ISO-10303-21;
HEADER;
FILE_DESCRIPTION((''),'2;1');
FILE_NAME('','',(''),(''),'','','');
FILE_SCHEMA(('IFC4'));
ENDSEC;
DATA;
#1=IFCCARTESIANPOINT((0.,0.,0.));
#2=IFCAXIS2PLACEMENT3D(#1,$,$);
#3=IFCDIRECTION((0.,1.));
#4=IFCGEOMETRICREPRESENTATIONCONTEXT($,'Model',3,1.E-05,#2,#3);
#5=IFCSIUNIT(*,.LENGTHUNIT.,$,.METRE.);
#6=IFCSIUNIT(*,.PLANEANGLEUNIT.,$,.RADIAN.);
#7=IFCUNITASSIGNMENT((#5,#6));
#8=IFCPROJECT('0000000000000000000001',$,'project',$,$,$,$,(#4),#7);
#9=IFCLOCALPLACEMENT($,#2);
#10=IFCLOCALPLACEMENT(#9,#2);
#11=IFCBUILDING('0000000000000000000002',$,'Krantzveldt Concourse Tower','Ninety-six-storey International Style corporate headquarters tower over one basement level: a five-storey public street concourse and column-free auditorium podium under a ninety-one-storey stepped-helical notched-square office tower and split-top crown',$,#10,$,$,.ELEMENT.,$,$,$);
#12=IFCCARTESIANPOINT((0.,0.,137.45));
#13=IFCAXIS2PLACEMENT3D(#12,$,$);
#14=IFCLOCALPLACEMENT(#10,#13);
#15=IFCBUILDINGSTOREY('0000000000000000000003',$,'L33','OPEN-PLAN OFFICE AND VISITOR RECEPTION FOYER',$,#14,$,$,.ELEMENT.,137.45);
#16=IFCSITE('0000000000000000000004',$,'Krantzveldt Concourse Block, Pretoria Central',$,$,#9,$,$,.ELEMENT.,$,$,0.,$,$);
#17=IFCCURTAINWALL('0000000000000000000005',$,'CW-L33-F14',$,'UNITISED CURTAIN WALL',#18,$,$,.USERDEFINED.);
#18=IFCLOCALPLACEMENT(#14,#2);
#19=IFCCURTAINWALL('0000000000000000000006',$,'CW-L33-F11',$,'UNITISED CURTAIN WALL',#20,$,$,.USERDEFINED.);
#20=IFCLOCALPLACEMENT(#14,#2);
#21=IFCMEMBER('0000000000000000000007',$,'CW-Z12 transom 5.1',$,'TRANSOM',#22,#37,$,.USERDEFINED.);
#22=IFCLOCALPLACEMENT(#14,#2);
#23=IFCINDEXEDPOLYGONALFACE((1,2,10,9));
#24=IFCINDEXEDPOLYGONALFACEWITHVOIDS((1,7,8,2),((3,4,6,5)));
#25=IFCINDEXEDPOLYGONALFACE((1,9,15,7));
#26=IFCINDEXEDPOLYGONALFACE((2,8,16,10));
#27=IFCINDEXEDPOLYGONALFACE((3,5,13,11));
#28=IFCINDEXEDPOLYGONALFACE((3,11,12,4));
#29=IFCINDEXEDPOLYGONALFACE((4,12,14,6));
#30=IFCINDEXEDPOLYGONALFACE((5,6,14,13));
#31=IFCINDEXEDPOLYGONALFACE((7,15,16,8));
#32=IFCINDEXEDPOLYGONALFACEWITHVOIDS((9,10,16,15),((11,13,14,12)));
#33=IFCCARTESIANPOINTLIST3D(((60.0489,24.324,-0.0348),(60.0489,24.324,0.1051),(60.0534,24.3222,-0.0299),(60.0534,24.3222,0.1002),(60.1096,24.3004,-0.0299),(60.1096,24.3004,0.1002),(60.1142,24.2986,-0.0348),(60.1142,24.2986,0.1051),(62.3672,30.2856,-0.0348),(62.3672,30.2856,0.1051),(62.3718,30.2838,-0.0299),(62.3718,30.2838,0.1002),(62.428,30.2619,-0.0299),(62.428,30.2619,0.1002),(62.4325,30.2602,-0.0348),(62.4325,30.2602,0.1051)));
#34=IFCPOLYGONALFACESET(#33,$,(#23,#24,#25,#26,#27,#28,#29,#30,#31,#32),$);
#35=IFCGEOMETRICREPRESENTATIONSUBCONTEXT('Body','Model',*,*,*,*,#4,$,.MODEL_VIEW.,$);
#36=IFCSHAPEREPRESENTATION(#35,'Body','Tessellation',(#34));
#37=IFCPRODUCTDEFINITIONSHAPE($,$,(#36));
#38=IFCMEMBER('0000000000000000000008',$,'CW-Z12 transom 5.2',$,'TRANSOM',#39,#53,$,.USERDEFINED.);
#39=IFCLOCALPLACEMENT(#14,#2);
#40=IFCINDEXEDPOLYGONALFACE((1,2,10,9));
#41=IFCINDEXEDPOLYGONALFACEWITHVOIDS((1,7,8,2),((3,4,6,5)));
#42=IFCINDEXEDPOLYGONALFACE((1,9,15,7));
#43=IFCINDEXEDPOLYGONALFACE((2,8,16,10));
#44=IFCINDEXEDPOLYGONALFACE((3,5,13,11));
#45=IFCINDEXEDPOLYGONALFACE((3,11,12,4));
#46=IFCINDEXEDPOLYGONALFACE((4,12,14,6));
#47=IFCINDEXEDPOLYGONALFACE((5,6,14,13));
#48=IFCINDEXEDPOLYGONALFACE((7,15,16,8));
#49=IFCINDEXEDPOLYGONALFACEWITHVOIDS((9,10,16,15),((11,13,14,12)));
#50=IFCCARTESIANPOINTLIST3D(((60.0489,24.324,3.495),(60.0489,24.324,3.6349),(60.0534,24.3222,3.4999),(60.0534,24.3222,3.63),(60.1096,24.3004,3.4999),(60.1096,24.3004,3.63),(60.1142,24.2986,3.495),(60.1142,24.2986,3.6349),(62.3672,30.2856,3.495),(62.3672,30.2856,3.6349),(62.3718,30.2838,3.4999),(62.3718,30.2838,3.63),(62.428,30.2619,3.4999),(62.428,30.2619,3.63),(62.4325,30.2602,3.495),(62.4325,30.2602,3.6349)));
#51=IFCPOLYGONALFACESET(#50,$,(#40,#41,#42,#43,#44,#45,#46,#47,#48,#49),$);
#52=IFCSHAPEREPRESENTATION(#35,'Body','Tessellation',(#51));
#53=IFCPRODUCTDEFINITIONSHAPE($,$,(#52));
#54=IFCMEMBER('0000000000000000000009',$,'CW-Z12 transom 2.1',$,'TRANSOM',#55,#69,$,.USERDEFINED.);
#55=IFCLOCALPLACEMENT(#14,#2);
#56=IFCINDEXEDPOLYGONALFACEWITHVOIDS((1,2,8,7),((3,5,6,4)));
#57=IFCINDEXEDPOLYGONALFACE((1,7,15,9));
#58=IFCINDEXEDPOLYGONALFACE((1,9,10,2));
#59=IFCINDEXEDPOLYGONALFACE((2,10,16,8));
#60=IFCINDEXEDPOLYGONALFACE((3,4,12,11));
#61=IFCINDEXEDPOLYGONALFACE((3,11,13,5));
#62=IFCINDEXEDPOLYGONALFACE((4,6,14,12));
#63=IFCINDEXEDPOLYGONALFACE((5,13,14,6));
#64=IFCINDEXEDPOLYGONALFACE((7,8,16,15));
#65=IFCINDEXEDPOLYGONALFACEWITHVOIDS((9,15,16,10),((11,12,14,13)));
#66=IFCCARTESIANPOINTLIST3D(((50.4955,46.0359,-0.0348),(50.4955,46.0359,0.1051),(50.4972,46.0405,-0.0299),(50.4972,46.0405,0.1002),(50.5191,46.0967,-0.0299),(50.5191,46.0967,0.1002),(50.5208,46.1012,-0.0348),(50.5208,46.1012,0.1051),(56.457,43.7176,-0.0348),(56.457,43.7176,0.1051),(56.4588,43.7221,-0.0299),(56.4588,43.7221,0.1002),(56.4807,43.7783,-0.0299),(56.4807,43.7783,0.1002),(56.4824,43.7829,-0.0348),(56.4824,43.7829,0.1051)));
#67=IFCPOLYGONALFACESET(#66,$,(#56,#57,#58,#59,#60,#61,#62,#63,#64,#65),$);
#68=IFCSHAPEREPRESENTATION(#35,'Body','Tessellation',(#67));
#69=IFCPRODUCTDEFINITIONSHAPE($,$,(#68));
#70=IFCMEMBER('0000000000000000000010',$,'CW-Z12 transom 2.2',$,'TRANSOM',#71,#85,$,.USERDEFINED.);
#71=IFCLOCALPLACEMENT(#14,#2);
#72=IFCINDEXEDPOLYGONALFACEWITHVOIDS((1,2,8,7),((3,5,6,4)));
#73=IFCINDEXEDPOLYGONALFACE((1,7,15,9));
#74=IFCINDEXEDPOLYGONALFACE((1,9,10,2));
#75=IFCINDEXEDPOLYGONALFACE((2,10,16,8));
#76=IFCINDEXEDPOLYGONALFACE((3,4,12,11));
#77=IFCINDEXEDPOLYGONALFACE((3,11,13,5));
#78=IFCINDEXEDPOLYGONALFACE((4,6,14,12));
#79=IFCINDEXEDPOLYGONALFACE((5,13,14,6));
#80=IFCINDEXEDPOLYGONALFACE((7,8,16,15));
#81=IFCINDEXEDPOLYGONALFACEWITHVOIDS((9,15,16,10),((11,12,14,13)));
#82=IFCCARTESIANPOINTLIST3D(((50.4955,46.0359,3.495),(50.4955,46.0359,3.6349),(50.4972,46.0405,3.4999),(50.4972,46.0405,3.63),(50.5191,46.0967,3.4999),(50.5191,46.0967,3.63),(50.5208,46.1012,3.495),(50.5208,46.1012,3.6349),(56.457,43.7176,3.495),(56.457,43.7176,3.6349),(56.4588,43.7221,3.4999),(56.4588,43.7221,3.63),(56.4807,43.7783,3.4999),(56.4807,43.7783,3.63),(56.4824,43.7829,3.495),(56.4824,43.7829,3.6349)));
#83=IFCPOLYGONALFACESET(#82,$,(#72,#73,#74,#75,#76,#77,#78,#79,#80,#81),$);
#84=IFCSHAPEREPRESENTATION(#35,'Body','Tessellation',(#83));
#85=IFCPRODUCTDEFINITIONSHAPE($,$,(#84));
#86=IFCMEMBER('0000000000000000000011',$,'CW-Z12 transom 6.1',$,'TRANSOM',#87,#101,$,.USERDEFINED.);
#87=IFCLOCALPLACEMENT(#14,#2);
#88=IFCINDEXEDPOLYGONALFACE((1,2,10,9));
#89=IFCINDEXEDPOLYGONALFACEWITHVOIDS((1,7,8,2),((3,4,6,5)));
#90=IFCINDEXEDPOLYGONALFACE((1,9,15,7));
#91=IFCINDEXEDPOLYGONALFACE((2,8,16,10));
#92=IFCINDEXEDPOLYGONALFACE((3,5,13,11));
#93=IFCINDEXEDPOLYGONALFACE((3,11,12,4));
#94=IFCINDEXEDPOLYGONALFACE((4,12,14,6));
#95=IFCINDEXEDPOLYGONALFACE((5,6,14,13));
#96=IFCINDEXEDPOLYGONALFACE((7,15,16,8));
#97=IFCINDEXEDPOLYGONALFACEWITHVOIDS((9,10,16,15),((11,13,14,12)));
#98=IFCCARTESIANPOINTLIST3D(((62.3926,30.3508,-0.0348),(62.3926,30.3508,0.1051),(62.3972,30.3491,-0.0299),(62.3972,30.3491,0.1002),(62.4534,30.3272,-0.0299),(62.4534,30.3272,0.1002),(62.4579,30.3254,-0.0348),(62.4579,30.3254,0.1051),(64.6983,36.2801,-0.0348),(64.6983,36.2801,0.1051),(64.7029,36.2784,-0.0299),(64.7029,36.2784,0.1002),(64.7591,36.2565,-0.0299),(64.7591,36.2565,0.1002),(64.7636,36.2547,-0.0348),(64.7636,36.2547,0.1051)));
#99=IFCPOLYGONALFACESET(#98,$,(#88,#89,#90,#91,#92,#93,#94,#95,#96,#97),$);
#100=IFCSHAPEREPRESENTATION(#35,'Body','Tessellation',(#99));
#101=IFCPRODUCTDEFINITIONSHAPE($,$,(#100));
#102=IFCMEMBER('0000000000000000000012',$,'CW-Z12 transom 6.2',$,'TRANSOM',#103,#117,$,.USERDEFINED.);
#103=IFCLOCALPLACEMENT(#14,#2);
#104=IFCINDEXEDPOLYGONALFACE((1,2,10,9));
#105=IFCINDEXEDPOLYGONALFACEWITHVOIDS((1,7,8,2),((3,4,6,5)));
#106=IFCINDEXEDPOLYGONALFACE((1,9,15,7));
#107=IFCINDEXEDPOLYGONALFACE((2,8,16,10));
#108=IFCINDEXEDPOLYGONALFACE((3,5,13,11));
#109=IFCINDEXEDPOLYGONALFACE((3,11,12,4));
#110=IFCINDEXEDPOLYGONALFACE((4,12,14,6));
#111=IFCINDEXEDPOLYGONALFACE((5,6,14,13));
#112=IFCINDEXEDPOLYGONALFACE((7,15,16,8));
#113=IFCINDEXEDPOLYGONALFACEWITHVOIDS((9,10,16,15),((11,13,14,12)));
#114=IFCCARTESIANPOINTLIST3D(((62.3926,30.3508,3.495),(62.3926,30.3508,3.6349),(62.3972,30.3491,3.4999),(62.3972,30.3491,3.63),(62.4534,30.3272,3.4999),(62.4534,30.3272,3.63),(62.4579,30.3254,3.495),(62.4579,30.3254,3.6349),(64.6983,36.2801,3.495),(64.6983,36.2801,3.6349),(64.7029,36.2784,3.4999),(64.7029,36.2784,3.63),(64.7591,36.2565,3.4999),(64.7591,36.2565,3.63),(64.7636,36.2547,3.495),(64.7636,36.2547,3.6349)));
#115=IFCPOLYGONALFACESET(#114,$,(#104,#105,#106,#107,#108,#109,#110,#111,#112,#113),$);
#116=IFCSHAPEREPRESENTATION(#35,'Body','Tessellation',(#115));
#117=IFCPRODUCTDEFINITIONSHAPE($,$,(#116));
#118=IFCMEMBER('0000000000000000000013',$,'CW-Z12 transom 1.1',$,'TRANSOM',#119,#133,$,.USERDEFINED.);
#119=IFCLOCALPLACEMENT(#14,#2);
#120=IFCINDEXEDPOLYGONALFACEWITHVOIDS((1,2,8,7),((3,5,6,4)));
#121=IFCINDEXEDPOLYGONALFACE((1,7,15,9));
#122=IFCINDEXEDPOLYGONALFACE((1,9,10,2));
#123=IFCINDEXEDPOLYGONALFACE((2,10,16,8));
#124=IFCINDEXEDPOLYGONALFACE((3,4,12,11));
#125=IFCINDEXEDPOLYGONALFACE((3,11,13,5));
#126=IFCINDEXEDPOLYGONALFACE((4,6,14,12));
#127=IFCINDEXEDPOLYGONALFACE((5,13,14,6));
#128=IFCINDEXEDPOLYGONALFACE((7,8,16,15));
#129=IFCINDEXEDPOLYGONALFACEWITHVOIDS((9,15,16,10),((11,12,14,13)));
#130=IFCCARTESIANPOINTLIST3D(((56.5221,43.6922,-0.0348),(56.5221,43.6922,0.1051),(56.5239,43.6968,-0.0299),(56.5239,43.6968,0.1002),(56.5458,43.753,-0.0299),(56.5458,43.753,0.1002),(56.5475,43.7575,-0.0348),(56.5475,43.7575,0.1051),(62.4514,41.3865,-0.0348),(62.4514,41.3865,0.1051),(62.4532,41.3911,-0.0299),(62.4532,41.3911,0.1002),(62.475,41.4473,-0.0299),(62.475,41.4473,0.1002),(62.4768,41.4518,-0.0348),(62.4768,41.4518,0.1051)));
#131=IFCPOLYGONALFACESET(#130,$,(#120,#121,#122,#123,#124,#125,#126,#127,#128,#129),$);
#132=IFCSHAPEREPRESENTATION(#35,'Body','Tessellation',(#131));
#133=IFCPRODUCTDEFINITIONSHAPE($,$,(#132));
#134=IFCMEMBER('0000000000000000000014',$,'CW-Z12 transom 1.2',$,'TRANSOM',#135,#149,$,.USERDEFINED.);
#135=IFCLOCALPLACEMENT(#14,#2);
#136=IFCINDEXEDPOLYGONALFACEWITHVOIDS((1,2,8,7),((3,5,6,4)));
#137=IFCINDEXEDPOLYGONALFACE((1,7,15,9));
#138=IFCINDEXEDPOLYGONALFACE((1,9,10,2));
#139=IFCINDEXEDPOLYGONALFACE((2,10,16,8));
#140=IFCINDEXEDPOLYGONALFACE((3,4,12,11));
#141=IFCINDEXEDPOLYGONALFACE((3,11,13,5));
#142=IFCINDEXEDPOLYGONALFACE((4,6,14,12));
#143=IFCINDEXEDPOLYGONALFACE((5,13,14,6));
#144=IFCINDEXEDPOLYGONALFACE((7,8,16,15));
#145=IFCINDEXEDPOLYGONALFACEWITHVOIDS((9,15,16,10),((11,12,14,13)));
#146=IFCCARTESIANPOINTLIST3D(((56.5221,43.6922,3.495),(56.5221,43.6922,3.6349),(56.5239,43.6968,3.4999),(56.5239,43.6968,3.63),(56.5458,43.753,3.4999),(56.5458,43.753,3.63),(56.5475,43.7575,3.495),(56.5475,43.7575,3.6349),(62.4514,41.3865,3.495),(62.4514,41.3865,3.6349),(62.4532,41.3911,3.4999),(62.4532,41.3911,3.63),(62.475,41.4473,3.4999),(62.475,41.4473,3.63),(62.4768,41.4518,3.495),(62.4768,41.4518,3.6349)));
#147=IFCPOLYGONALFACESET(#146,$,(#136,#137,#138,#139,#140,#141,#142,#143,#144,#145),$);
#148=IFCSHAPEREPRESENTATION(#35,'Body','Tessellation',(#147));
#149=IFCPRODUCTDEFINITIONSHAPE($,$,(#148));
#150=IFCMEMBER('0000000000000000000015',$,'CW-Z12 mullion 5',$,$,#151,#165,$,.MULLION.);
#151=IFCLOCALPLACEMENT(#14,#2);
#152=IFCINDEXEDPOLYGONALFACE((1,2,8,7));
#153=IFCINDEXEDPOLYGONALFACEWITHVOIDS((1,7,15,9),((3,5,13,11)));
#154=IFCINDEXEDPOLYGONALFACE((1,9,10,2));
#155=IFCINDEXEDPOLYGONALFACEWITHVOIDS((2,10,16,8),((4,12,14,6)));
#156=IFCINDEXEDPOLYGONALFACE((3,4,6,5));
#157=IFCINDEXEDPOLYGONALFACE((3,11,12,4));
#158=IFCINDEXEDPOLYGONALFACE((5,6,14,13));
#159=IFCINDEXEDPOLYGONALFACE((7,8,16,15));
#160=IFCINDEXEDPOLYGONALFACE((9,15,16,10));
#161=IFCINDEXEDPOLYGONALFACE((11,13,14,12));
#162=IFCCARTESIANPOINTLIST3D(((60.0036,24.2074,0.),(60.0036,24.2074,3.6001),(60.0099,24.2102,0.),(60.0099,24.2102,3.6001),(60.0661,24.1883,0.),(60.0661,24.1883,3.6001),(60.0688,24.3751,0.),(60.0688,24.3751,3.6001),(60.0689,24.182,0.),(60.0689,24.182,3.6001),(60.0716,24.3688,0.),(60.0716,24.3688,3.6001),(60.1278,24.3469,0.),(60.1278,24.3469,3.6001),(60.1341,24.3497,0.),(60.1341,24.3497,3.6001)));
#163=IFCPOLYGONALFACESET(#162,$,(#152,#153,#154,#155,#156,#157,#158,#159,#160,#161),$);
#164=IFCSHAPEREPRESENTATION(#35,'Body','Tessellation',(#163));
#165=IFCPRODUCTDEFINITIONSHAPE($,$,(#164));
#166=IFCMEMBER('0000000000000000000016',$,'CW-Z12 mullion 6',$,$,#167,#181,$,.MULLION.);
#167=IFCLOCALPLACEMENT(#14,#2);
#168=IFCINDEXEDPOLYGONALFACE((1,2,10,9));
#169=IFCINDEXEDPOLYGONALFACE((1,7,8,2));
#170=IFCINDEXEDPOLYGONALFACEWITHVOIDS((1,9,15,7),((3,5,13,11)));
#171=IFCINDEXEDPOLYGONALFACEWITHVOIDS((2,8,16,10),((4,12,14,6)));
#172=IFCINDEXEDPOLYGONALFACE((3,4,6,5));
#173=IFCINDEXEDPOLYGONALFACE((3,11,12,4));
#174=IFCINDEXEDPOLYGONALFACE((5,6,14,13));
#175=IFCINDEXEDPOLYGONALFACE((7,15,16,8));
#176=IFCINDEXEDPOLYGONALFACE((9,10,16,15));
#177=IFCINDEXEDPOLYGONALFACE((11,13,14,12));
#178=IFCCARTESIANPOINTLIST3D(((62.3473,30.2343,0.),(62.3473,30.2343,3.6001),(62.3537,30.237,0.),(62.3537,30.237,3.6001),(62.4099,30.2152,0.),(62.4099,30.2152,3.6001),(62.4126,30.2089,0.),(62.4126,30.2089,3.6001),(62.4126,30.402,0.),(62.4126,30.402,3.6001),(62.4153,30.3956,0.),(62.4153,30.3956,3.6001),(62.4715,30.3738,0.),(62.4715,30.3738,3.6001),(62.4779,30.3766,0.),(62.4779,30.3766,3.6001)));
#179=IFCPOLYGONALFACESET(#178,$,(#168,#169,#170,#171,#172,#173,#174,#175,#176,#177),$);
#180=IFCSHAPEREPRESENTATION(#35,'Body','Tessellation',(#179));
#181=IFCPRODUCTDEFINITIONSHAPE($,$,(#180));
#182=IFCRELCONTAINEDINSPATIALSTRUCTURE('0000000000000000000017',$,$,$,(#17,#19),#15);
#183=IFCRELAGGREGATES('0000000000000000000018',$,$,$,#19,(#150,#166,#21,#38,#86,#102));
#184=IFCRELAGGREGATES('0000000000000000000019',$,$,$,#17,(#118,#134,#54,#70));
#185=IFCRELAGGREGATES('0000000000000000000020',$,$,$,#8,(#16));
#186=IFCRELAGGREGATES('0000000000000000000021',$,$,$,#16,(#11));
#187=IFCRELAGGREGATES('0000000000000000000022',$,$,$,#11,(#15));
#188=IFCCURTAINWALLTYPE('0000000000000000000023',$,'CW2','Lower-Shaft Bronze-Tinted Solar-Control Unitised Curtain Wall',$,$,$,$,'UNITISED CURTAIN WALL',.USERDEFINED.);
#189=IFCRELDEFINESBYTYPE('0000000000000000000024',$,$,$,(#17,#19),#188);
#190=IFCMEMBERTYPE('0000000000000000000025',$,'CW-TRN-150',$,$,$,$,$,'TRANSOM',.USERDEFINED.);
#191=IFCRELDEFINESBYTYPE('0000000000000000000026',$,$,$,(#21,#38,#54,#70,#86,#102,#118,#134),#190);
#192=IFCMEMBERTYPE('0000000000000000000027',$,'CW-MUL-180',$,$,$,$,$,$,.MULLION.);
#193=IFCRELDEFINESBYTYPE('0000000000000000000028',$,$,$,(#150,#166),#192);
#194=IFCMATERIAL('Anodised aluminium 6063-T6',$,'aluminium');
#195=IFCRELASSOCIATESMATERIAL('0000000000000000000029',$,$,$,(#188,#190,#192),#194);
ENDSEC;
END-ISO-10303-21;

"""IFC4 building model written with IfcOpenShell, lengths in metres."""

from ifc_helpers import new_model, si_unit, direction, frame, origin, origin_2d, place, context, subcontext, project, spatial, hollow_rectangle, extrude, source, transform, mapped, material, material_profile, profile_set, type_object, type_shapes, element, aggregate, save


model = new_model("IFC4")

# Units and contexts
model_context = context("Model", 3, precision=1e-05, world=origin(), true_north=direction((0.0, 1.0)))
body_context = subcontext(model_context, "Body", "Model", "MODEL_VIEW")
ifc_project = project(units=[si_unit("LENGTHUNIT", "METRE"), si_unit("PLANEANGLEUNIT", "RADIAN")], contexts=[model_context])

# Site, building, storey
site_placement = place(None, origin())
site = spatial("IfcSite", under=ifc_project, at=site_placement, Name="Krantzveldt Concourse Block, Pretoria Central", CompositionType="ELEMENT", RefElevation=0.0)
building_placement = place(site_placement, origin())
building = spatial("IfcBuilding", under=site, at=building_placement, Name="Krantzveldt Concourse Tower", Description="Ninety-six-storey International Style corporate headquarters tower over one basement level: a five-storey public street concourse and column-free auditorium podium under a ninety-one-storey stepped-helical notched-square office tower and split-top crown", CompositionType="ELEMENT")
storey_placement = place(building_placement, frame((0.0, 0.0, 137.45)))
storey = spatial("IfcBuildingStorey", under=building, at=storey_placement, Name="L33", Description="OPEN-PLAN OFFICE AND VISITOR RECEPTION FOYER", CompositionType="ELEMENT", Elevation=137.45)

# Curtain walls, members
ifc_material_1 = material(Name="Anodised aluminium 6063-T6", Category="aluminium")
curtain_wall_type = type_object("IfcCurtainWallType", Name="CW2", Description="Lower-Shaft Bronze-Tinted Solar-Control Unitised Curtain Wall", ElementType="UNITISED CURTAIN WALL", PredefinedType="USERDEFINED", material=ifc_material_1)
curtain_wall_1_placement = place(storey_placement, origin())
curtain_wall_1 = element("IfcCurtainWall", 1, at=curtain_wall_1_placement, inside=storey, type_object=curtain_wall_type, Name="CW-L33-F14", ObjectType="UNITISED CURTAIN WALL", PredefinedType="USERDEFINED")
ifc_material_profile_1 = material_profile(ifc_material_1, hollow_rectangle(XDim=0.0701, YDim=0.1399, WallThickness=0.0049, at=origin_2d()), Name="Anodised aluminium 6063-T6", Category="aluminium")
ifc_profile_set_1 = profile_set([ifc_material_profile_1], Name="Anodised aluminium 6063-T6 - ALU-TRAN 140x70x5")
member_type_1 = type_object("IfcMemberType", Name="CW-TRN-150", ElementType="TRANSOM", PredefinedType="USERDEFINED", material=ifc_profile_set_1)
curtain_wall_2_placement = place(storey_placement, origin())
curtain_wall_2 = element("IfcCurtainWall", 2, at=curtain_wall_2_placement, inside=storey, type_object=curtain_wall_type, Name="CW-L33-F11", ObjectType="UNITISED CURTAIN WALL", PredefinedType="USERDEFINED")
shared_shape_1 = source(origin(), body_context, "Body", "SweptSolid", [
    extrude(hollow_rectangle(XDim=0.0701, YDim=0.1399, WallThickness=0.0049, at=origin_2d()), origin(), (0.0, 0.0, 1.0), 6.3965),
])
member_1_placement = place(storey_placement, frame((60.0815, 24.3113, 0.0352), z_axis=(0.362437, 0.932008, 0.0), x_axis=(-0.932008, 0.362437, 0.0)))
member_1 = element("IfcMember", 3, at=member_1_placement, type_object=member_type_1, Name="CW-Z12 transom 5.1", ObjectType="TRANSOM", PredefinedType="USERDEFINED", context=body_context, shape_type="MappedRepresentation", body=[
    mapped(shared_shape_1, transform((0.0, 0.0, 0.0), x_axis=(1.0, 0.0, 0.0), y_axis=(0.0, 1.0, 0.0), z_axis=(0.0, 0.0, 1.0), scale=1.0)),
])
member_2_placement = place(storey_placement, frame((60.0815, 24.3113, 3.5649), z_axis=(0.362437, 0.932008, 0.0), x_axis=(-0.932008, 0.362437, 0.0)))
member_2 = element("IfcMember", 4, at=member_2_placement, type_object=member_type_1, Name="CW-Z12 transom 5.2", ObjectType="TRANSOM", PredefinedType="USERDEFINED", context=body_context, shape_type="MappedRepresentation", body=[
    mapped(shared_shape_1, transform((0.0, 0.0, 0.0), x_axis=(1.0, 0.0, 0.0), y_axis=(0.0, 1.0, 0.0), z_axis=(0.0, 0.0, 1.0), scale=1.0)),
])

# Members
member_3_placement = place(storey_placement, frame((56.4697, 43.7502, 0.0352), z_axis=(-0.932008, 0.362437, 0.0), x_axis=(-0.362437, -0.932008, 0.0)))
member_3 = element("IfcMember", 5, at=member_3_placement, type_object=member_type_1, Name="CW-Z12 transom 2.1", ObjectType="TRANSOM", PredefinedType="USERDEFINED", context=body_context, shape_type="MappedRepresentation", body=[
    mapped(shared_shape_1, transform((0.0, 0.0, 0.0), x_axis=(1.0, 0.0, 0.0), y_axis=(0.0, 1.0, 0.0), z_axis=(0.0, 0.0, 1.0), scale=1.0)),
])
member_4_placement = place(storey_placement, frame((56.4697, 43.7502, 3.5649), z_axis=(-0.932008, 0.362437, 0.0), x_axis=(-0.362437, -0.932008, 0.0)))
member_4 = element("IfcMember", 6, at=member_4_placement, type_object=member_type_1, Name="CW-Z12 transom 2.2", ObjectType="TRANSOM", PredefinedType="USERDEFINED", context=body_context, shape_type="MappedRepresentation", body=[
    mapped(shared_shape_1, transform((0.0, 0.0, 0.0), x_axis=(1.0, 0.0, 0.0), y_axis=(0.0, 1.0, 0.0), z_axis=(0.0, 0.0, 1.0), scale=1.0)),
])
shared_shape_2 = source(origin(), body_context, "Body", "SweptSolid", [
    extrude(hollow_rectangle(XDim=0.0701, YDim=0.1399, WallThickness=0.0049, at=origin_2d()), origin(), (0.0, 0.0, 1.0), 6.3618),
])
member_5_placement = place(storey_placement, frame((62.4253, 30.3381, 0.0352), z_axis=(0.362428, 0.932012, 0.0), x_axis=(-0.932012, 0.362428, 0.0)))
member_5 = element("IfcMember", 7, at=member_5_placement, type_object=member_type_1, Name="CW-Z12 transom 6.1", ObjectType="TRANSOM", PredefinedType="USERDEFINED", context=body_context, shape_type="MappedRepresentation", body=[
    mapped(shared_shape_2, transform((0.0, 0.0, 0.0), x_axis=(1.0, 0.0, 0.0), y_axis=(0.0, 1.0, 0.0), z_axis=(0.0, 0.0, 1.0), scale=1.0)),
])
member_6_placement = place(storey_placement, frame((62.4253, 30.3381, 3.5649), z_axis=(0.362428, 0.932012, 0.0), x_axis=(-0.932012, 0.362428, 0.0)))
member_6 = element("IfcMember", 8, at=member_6_placement, type_object=member_type_1, Name="CW-Z12 transom 6.2", ObjectType="TRANSOM", PredefinedType="USERDEFINED", context=body_context, shape_type="MappedRepresentation", body=[
    mapped(shared_shape_2, transform((0.0, 0.0, 0.0), x_axis=(1.0, 0.0, 0.0), y_axis=(0.0, 1.0, 0.0), z_axis=(0.0, 0.0, 1.0), scale=1.0)),
])
member_7_placement = place(storey_placement, frame((62.4641, 41.4192, 0.0352), z_axis=(-0.932012, 0.362428, 0.0), x_axis=(-0.362428, -0.932012, 0.0)))
member_7 = element("IfcMember", 9, at=member_7_placement, type_object=member_type_1, Name="CW-Z12 transom 1.1", ObjectType="TRANSOM", PredefinedType="USERDEFINED", context=body_context, shape_type="MappedRepresentation", body=[
    mapped(shared_shape_2, transform((0.0, 0.0, 0.0), x_axis=(1.0, 0.0, 0.0), y_axis=(0.0, 1.0, 0.0), z_axis=(0.0, 0.0, 1.0), scale=1.0)),
])
member_8_placement = place(storey_placement, frame((62.4641, 41.4192, 3.5649), z_axis=(-0.932012, 0.362428, 0.0), x_axis=(-0.362428, -0.932012, 0.0)))
member_8 = element("IfcMember", 10, at=member_8_placement, type_object=member_type_1, Name="CW-Z12 transom 1.2", ObjectType="TRANSOM", PredefinedType="USERDEFINED", context=body_context, shape_type="MappedRepresentation", body=[
    mapped(shared_shape_2, transform((0.0, 0.0, 0.0), x_axis=(1.0, 0.0, 0.0), y_axis=(0.0, 1.0, 0.0), z_axis=(0.0, 0.0, 1.0), scale=1.0)),
])
ifc_material_profile_2 = material_profile(ifc_material_1, hollow_rectangle(XDim=0.0701, YDim=0.1799, WallThickness=0.0049, at=origin_2d()), Name="Anodised aluminium 6063-T6", Category="aluminium")
ifc_profile_set_2 = profile_set([ifc_material_profile_2], Name="Anodised aluminium 6063-T6 - ALU-MULL 180x70x5")
member_type_2 = type_object("IfcMemberType", Name="CW-MUL-180", PredefinedType="MULLION", material=ifc_profile_set_2)
shared_shape_3 = source(origin(), body_context, "Body", "SweptSolid", [
    extrude(hollow_rectangle(XDim=0.0701, YDim=0.1799, WallThickness=0.0049, at=origin_2d()), origin(), (0.0, 0.0, 1.0), 3.6001),
])
type_shapes(member_type_2, [shared_shape_3])
member_9_placement = place(storey_placement, frame((60.0688, 24.2786, 0.0), z_axis=(0.0, 0.0, 1.0), x_axis=(-0.932008, 0.362438, 0.0)))
member_9 = element("IfcMember", 11, at=member_9_placement, type_object=member_type_2, Name="CW-Z12 mullion 5", PredefinedType="MULLION", context=body_context, shape_type="MappedRepresentation", body=[
    mapped(shared_shape_3, transform((0.0, 0.0, 0.0), x_axis=(1.0, 0.0, 0.0), y_axis=(0.0, 1.0, 0.0), z_axis=(0.0, 0.0, 1.0), scale=1.0)),
])
member_10_placement = place(storey_placement, frame((62.4126, 30.3054, 0.0), z_axis=(0.0, 0.0, 1.0), x_axis=(-0.932008, 0.362438, 0.0)))
member_10 = element("IfcMember", 12, at=member_10_placement, type_object=member_type_2, Name="CW-Z12 mullion 6", PredefinedType="MULLION", context=body_context, shape_type="MappedRepresentation", body=[
    mapped(shared_shape_3, transform((0.0, 0.0, 0.0), x_axis=(1.0, 0.0, 0.0), y_axis=(0.0, 1.0, 0.0), z_axis=(0.0, 0.0, 1.0), scale=1.0)),
])

aggregate(curtain_wall_2, [member_9, member_10, member_1, member_2, member_5, member_6])
aggregate(curtain_wall_1, [member_7, member_8, member_3, member_4])

save(model, "model.ifc")
